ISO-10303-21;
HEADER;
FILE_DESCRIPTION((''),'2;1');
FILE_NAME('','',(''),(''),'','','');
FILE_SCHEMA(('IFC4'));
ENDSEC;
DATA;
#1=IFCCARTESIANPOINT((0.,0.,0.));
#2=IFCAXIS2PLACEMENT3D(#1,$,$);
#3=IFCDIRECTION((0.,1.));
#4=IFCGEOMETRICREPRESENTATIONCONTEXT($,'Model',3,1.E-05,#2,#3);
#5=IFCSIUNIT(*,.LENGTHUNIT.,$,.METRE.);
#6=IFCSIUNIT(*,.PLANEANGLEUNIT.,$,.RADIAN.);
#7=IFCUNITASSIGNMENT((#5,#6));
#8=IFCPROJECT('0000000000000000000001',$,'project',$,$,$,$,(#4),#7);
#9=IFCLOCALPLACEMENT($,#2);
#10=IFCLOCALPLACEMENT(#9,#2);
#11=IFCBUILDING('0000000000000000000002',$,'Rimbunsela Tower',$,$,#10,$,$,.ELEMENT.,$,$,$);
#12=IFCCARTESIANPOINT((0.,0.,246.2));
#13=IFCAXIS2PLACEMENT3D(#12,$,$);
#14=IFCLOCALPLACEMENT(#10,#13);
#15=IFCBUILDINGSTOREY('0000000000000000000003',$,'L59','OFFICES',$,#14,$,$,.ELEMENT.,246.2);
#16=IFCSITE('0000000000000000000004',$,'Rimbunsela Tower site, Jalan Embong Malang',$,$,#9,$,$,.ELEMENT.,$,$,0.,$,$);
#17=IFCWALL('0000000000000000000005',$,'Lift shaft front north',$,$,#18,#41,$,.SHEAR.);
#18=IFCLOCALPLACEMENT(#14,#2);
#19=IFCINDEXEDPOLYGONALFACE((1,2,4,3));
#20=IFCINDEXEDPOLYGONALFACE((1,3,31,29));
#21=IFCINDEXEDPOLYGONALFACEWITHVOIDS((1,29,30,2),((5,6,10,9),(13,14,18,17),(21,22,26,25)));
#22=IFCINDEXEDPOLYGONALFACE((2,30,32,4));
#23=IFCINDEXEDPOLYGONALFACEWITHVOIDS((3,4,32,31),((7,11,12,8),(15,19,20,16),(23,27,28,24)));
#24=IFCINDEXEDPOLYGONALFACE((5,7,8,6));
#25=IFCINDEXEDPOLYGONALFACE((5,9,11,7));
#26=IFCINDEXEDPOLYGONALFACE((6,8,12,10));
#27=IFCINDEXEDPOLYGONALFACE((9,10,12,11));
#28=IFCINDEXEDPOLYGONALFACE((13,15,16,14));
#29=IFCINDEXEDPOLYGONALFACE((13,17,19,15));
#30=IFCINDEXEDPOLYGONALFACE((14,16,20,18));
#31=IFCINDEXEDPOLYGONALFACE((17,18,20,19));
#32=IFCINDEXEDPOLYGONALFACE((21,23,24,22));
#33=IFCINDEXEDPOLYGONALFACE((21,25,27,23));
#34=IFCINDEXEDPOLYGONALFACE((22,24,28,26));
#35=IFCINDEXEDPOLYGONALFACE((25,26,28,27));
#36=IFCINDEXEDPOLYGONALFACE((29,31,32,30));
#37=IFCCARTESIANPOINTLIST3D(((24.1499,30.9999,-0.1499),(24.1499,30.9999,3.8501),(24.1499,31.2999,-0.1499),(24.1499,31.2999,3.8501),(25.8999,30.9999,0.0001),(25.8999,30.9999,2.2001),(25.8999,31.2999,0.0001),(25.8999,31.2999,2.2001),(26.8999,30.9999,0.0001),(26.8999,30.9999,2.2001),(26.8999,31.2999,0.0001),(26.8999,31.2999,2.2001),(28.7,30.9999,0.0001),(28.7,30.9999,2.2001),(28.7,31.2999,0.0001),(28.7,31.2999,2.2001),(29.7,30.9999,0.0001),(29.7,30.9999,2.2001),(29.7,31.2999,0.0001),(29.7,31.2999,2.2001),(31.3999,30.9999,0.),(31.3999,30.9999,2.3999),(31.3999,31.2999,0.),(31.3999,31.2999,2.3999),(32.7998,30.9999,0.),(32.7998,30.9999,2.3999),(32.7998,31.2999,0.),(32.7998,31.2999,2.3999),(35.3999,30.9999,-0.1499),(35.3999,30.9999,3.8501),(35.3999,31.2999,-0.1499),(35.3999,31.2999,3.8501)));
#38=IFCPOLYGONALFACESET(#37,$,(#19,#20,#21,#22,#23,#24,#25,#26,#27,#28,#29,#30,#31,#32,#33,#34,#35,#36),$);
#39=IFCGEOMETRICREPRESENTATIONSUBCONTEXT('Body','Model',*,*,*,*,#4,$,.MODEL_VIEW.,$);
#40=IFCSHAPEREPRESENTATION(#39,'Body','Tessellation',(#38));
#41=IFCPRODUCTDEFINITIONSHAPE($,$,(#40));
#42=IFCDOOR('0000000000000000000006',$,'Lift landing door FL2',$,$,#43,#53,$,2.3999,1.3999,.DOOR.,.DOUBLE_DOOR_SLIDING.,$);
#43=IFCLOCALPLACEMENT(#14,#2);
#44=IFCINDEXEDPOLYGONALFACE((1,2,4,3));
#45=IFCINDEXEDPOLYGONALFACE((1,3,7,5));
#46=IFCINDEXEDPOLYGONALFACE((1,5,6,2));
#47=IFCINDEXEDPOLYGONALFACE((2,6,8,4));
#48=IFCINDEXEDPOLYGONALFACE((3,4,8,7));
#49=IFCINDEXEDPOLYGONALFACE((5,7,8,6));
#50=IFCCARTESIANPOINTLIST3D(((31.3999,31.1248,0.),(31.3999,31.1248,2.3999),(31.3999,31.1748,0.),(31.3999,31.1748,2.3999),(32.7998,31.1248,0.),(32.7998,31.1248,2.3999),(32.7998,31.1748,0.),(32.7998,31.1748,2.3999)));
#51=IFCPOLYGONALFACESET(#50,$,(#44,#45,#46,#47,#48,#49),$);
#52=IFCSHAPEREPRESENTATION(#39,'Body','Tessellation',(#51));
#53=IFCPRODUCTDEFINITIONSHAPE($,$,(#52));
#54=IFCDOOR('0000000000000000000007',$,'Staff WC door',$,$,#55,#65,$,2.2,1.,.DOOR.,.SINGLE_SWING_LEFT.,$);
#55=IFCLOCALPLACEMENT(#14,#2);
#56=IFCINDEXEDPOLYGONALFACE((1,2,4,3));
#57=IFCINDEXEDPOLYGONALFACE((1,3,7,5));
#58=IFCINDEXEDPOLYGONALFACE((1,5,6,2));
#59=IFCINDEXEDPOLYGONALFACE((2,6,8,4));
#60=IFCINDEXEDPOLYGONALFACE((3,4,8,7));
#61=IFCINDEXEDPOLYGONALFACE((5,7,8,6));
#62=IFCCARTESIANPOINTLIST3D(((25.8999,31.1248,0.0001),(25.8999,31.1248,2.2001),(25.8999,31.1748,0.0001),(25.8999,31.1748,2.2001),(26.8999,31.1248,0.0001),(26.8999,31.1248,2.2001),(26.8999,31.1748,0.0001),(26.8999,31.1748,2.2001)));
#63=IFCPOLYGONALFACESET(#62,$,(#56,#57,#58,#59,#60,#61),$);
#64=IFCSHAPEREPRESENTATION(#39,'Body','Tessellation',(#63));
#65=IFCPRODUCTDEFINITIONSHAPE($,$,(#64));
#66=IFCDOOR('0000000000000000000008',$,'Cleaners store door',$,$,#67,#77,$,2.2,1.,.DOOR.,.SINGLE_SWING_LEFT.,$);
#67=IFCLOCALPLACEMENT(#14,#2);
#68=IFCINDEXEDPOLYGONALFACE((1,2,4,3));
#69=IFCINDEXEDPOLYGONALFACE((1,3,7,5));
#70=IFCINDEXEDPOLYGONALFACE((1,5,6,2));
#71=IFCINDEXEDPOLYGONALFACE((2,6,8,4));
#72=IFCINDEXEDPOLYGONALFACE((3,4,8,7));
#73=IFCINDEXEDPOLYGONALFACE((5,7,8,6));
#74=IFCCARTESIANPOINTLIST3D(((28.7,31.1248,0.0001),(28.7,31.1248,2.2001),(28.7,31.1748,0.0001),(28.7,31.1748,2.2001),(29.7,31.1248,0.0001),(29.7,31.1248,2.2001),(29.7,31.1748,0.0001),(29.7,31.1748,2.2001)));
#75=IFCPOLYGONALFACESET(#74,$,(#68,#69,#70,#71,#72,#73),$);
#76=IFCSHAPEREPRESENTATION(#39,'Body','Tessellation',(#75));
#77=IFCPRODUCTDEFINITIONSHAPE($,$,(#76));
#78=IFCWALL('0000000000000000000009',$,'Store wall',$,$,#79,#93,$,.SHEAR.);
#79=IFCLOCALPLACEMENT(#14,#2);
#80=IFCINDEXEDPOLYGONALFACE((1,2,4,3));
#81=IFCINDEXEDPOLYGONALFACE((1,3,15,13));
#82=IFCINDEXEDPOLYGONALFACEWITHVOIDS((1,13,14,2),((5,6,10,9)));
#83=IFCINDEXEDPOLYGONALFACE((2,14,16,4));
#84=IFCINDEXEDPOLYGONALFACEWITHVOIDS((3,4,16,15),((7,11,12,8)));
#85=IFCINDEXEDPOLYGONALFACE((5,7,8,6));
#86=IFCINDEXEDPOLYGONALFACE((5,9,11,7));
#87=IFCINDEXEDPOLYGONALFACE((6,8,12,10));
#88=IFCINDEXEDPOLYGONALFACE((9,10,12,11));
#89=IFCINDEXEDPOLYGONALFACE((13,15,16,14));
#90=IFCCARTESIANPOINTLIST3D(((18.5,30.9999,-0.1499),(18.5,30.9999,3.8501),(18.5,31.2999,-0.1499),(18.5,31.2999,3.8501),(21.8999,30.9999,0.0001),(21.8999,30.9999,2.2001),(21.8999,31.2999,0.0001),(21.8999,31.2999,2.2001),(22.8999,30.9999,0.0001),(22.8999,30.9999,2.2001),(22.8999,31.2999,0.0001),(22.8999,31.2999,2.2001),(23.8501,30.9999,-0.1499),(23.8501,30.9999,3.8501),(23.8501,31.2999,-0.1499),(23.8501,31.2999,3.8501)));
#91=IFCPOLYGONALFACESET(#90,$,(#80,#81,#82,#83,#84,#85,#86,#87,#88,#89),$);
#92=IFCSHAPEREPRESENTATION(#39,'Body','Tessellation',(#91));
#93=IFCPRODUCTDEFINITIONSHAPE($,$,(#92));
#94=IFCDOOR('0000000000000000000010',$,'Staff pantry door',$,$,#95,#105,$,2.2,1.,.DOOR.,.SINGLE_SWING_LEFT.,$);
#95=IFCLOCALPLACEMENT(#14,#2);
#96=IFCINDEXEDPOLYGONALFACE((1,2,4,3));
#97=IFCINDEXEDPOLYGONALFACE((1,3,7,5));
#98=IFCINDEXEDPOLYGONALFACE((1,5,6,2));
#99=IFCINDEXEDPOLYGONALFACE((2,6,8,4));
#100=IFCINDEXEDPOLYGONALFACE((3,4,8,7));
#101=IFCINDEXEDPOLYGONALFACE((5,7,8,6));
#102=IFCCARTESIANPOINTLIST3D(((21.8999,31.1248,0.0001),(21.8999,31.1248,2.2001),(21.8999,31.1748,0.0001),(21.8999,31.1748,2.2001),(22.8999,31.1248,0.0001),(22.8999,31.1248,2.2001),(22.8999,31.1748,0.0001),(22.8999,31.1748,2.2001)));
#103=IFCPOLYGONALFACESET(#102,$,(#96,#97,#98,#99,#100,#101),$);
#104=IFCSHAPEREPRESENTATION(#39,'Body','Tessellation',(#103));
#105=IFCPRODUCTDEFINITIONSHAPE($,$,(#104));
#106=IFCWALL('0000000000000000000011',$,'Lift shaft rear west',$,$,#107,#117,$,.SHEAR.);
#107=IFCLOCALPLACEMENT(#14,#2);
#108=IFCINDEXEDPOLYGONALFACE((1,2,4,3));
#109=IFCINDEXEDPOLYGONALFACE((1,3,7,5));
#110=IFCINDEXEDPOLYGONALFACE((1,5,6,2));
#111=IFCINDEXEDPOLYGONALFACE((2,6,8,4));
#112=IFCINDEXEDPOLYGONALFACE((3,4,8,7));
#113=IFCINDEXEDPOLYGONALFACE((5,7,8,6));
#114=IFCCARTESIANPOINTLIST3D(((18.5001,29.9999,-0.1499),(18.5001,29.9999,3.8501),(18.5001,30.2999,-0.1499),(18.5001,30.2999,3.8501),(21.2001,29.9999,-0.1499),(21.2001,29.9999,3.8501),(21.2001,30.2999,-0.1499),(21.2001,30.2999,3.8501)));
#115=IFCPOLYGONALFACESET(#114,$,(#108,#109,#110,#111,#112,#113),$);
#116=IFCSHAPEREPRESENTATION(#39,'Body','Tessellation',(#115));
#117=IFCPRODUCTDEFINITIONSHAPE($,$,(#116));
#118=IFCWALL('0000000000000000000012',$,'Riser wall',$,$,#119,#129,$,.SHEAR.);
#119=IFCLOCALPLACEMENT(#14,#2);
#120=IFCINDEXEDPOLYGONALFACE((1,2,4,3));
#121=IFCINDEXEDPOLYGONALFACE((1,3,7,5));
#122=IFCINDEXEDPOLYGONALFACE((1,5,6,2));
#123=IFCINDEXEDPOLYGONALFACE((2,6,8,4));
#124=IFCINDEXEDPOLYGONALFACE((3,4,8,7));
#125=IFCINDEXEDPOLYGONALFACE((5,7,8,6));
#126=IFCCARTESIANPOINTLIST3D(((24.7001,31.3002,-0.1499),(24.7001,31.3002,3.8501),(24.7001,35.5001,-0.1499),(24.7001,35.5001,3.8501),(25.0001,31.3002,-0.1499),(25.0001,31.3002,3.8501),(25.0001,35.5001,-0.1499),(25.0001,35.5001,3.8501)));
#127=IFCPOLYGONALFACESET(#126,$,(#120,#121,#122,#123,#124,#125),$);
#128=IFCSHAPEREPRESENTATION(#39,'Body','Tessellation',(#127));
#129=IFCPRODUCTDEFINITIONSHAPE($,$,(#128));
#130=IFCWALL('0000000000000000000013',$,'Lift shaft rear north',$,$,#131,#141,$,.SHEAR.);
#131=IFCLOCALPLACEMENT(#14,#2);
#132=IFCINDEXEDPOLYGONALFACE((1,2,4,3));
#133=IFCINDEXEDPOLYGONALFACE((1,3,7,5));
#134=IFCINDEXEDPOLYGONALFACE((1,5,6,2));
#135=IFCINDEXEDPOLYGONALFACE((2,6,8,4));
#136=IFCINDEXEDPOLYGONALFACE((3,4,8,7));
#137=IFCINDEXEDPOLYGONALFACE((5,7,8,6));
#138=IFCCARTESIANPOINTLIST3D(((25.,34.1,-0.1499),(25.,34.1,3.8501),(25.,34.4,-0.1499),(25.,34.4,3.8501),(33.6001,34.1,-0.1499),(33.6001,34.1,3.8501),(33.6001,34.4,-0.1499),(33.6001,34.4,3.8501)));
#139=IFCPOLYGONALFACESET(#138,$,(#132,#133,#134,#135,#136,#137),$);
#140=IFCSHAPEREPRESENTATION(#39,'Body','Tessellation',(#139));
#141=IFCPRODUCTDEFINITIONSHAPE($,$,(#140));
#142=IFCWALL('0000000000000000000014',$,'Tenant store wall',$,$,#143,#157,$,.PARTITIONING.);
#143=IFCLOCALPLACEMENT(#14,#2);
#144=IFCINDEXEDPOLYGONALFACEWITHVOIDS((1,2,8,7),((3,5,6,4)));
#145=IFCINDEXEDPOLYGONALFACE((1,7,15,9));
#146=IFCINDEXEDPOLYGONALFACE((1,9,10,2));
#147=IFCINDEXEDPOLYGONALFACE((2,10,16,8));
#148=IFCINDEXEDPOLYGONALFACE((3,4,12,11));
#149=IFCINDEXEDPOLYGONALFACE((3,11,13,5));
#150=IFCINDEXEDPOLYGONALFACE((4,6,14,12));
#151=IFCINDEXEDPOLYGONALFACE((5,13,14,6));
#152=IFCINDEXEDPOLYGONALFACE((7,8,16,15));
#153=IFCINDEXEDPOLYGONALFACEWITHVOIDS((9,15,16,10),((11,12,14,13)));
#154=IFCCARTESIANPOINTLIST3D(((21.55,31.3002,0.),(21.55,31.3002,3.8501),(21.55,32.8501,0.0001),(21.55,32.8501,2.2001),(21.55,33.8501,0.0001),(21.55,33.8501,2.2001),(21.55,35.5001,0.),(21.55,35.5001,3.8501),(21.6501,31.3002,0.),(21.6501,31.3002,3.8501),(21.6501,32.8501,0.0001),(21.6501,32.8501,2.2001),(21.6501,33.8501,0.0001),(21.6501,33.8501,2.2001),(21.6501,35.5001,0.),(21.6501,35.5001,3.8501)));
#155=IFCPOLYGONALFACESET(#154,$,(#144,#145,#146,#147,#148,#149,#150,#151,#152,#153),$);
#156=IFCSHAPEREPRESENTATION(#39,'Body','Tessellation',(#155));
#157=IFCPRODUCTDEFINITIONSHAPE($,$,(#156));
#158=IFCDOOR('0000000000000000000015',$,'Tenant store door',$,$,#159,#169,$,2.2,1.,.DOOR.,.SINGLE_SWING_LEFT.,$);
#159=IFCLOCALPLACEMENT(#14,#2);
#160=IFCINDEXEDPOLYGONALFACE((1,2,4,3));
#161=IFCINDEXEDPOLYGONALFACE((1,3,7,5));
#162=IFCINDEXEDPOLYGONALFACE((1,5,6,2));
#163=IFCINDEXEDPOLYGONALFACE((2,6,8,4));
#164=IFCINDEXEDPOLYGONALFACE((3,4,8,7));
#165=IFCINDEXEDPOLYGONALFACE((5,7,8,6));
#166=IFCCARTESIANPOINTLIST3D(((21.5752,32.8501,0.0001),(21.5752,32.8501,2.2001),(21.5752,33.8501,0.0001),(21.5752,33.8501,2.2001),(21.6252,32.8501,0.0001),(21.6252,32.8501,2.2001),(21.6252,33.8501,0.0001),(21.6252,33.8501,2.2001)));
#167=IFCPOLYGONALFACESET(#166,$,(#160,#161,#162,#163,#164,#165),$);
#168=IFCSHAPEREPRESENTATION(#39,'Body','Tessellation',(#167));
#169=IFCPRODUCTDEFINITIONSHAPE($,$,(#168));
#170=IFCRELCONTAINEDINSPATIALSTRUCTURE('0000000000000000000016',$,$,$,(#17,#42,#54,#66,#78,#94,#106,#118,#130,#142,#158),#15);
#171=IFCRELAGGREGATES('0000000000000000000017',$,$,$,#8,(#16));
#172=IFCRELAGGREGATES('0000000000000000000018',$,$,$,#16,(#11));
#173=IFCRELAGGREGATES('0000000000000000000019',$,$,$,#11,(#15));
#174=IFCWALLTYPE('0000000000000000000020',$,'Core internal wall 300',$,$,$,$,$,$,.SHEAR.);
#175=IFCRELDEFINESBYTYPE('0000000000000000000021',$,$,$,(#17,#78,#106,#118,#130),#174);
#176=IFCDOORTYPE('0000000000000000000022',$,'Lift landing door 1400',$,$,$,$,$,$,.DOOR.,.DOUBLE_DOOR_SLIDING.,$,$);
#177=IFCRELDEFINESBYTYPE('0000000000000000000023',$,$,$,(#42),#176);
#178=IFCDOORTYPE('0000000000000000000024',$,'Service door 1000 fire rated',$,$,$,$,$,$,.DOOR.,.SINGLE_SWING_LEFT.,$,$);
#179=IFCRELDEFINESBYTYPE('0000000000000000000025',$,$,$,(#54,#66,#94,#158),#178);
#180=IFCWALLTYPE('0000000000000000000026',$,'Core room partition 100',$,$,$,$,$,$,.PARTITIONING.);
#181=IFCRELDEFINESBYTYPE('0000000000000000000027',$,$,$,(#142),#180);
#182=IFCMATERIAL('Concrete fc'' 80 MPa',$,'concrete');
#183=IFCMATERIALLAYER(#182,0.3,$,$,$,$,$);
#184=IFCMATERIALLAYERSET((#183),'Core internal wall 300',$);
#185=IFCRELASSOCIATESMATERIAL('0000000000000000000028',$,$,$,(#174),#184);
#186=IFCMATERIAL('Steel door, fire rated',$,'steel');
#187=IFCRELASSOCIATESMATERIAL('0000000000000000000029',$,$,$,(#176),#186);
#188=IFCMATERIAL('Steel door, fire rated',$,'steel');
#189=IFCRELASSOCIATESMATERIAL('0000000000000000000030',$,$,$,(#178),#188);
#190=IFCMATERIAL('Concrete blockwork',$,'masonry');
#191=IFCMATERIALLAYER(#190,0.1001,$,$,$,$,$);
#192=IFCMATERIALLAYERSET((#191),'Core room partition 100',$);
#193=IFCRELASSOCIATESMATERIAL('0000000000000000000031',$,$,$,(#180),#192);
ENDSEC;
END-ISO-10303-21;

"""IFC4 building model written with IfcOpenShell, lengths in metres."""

from ifc_helpers import new_model, si_unit, direction, frame, frame_2d, origin, place, context, subcontext, project, spatial, rectangle, extrude, material, layer, layer_set, type_object, element, fill, save


model = new_model("IFC4")

# Units and contexts
model_context = context("Model", 3, precision=1e-05, world=origin(), true_north=direction((0.0, 1.0)))
body_context = subcontext(model_context, "Body", "Model", "MODEL_VIEW")
ifc_project = project(units=[si_unit("LENGTHUNIT", "METRE"), si_unit("PLANEANGLEUNIT", "RADIAN")], contexts=[model_context])

# Site, building, storey
site_placement = place(None, origin())
site = spatial("IfcSite", under=ifc_project, at=site_placement, Name="Rimbunsela Tower site, Jalan Embong Malang", CompositionType="ELEMENT", RefElevation=0.0)
building_placement = place(site_placement, origin())
building = spatial("IfcBuilding", under=site, at=building_placement, Name="Rimbunsela Tower", CompositionType="ELEMENT")
storey_placement = place(building_placement, frame((0.0, 0.0, 246.2)))
storey = spatial("IfcBuildingStorey", under=building, at=storey_placement, Name="L59", Description="OFFICES", CompositionType="ELEMENT", Elevation=246.2)

# Wall, openings, doors
ifc_material_1 = material(Name="Concrete fc' 80 MPa", Category="concrete")
ifc_layer_1 = layer(ifc_material_1, 0.3)
ifc_layer_set_1 = layer_set([ifc_layer_1], Name="Core internal wall 300")
wall_type_1 = type_object("IfcWallType", Name="Core internal wall 300", PredefinedType="SHEAR", material=ifc_layer_set_1)
wall_1_placement = place(storey_placement, frame((24.1499, 31.1499, -0.1499), z_axis=(0.0, 0.0, 1.0), x_axis=(1.0, 0.0, 0.0)))
wall_1 = element("IfcWall", 1, at=wall_1_placement, inside=storey, type_object=wall_type_1, Name="Lift shaft front north", PredefinedType="SHEAR", context=body_context, shape_type="SweptSolid", body=[
    extrude(rectangle(XDim=11.25, YDim=0.3, at=frame_2d((5.625, 0.0))), origin(), (0.0, 0.0, 1.0), 4.0),
])
opening_1_placement = place(wall_1_placement, frame((1.75, 0.0, 0.1499)))
opening_1 = element("IfcOpeningElement", 2, at=opening_1_placement, cuts=wall_1, PredefinedType="OPENING", context=body_context, shape_type="SweptSolid", body=[
    extrude(rectangle(XDim=1.0, YDim=2.2, at=frame_2d((0.5, 1.1001))), frame((0.0, 0.1599, 0.0), z_axis=(0.0, -1.0, 0.0), x_axis=(1.0, 0.0, 0.0)), (0.0, 0.0, 1.0), 0.3201),
])
opening_2_placement = place(wall_1_placement, frame((4.55, 0.0, 0.1499)))
opening_2 = element("IfcOpeningElement", 3, at=opening_2_placement, cuts=wall_1, PredefinedType="OPENING", context=body_context, shape_type="SweptSolid", body=[
    extrude(rectangle(XDim=1.0, YDim=2.2, at=frame_2d((0.5, 1.1001))), frame((0.0, 0.1599, 0.0), z_axis=(0.0, -1.0, 0.0), x_axis=(1.0, 0.0, 0.0)), (0.0, 0.0, 1.0), 0.3201),
])
opening_3_placement = place(wall_1_placement, frame((7.25, 0.0, 0.1499)))
opening_3 = element("IfcOpeningElement", 4, at=opening_3_placement, cuts=wall_1, PredefinedType="OPENING", context=body_context, shape_type="SweptSolid", body=[
    extrude(rectangle(XDim=1.3999, YDim=2.3999, at=frame_2d((0.7, 1.2))), frame((0.0, 0.1599, 0.0), z_axis=(0.0, -1.0, 0.0), x_axis=(1.0, 0.0, 0.0)), (0.0, 0.0, 1.0), 0.3201),
])
ifc_material_2 = material(Name="Steel door, fire rated", Category="steel")
door_type_1 = type_object("IfcDoorType", Name="Lift landing door 1400", OperationType="DOUBLE_DOOR_SLIDING", PredefinedType="DOOR", material=ifc_material_2)
door_1_placement = place(opening_3_placement, origin())
door_1 = element("IfcDoor", 5, at=door_1_placement, inside=storey, type_object=door_type_1, Name="Lift landing door FL2", OperationType="DOUBLE_DOOR_SLIDING", OverallHeight=2.3999, OverallWidth=1.3999, PredefinedType="DOOR", context=body_context, shape_type="SweptSolid", body=[
    extrude(rectangle(XDim=1.3999, YDim=2.3999, at=frame_2d((0.7, 1.2))), frame((0.0, 0.0249, 0.0), z_axis=(0.0, -1.0, 0.0), x_axis=(1.0, 0.0, 0.0)), (0.0, 0.0, 1.0), 0.05),
])
fill(opening_3, door_1)
ifc_material_3 = material(Name="Steel door, fire rated", Category="steel")
door_type_2 = type_object("IfcDoorType", Name="Service door 1000 fire rated", OperationType="SINGLE_SWING_LEFT", PredefinedType="DOOR", material=ifc_material_3)
door_2_placement = place(opening_1_placement, origin())
door_2 = element("IfcDoor", 6, at=door_2_placement, inside=storey, type_object=door_type_2, Name="Staff WC door", OperationType="SINGLE_SWING_LEFT", OverallHeight=2.2, OverallWidth=1.0, PredefinedType="DOOR", context=body_context, shape_type="SweptSolid", body=[
    extrude(rectangle(XDim=1.0, YDim=2.2, at=frame_2d((0.5, 1.1001))), frame((0.0, 0.0249, 0.0), z_axis=(0.0, -1.0, 0.0), x_axis=(1.0, 0.0, 0.0)), (0.0, 0.0, 1.0), 0.05),
])
fill(opening_1, door_2)
door_3_placement = place(opening_2_placement, origin())
door_3 = element("IfcDoor", 7, at=door_3_placement, inside=storey, type_object=door_type_2, Name="Cleaners store door", OperationType="SINGLE_SWING_LEFT", OverallHeight=2.2, OverallWidth=1.0, PredefinedType="DOOR", context=body_context, shape_type="SweptSolid", body=[
    extrude(rectangle(XDim=1.0, YDim=2.2, at=frame_2d((0.5, 1.1001))), frame((0.0, 0.0249, 0.0), z_axis=(0.0, -1.0, 0.0), x_axis=(1.0, 0.0, 0.0)), (0.0, 0.0, 1.0), 0.05),
])
fill(opening_2, door_3)

# Wall, opening, door
wall_2_placement = place(storey_placement, frame((18.5, 31.1499, -0.1499), z_axis=(0.0, 0.0, 1.0), x_axis=(1.0, 0.0, 0.0)))
wall_2 = element("IfcWall", 8, at=wall_2_placement, inside=storey, type_object=wall_type_1, Name="Store wall", PredefinedType="SHEAR", context=body_context, shape_type="SweptSolid", body=[
    extrude(rectangle(XDim=5.3501, YDim=0.3, at=frame_2d((2.675, 0.0))), origin(), (0.0, 0.0, 1.0), 4.0),
])
opening_4_placement = place(wall_2_placement, frame((3.3999, 0.0, 0.1499)))
opening_4 = element("IfcOpeningElement", 9, at=opening_4_placement, cuts=wall_2, PredefinedType="OPENING", context=body_context, shape_type="SweptSolid", body=[
    extrude(rectangle(XDim=1.0, YDim=2.2, at=frame_2d((0.5, 1.1001))), frame((0.0, 0.1599, 0.0), z_axis=(0.0, -1.0, 0.0), x_axis=(1.0, 0.0, 0.0)), (0.0, 0.0, 1.0), 0.3201),
])
door_4_placement = place(opening_4_placement, origin())
door_4 = element("IfcDoor", 10, at=door_4_placement, inside=storey, type_object=door_type_2, Name="Staff pantry door", OperationType="SINGLE_SWING_LEFT", OverallHeight=2.2, OverallWidth=1.0, PredefinedType="DOOR", context=body_context, shape_type="SweptSolid", body=[
    extrude(rectangle(XDim=1.0, YDim=2.2, at=frame_2d((0.5, 1.1001))), frame((0.0, 0.0249, 0.0), z_axis=(0.0, -1.0, 0.0), x_axis=(1.0, 0.0, 0.0)), (0.0, 0.0, 1.0), 0.05),
])
fill(opening_4, door_4)

# Walls
wall_3_placement = place(storey_placement, frame((18.5, 30.1499, -0.1499), z_axis=(0.0, 0.0, 1.0), x_axis=(1.0, 0.0, 0.0)))
element("IfcWall", 11, at=wall_3_placement, inside=storey, type_object=wall_type_1, Name="Lift shaft rear west", PredefinedType="SHEAR", context=body_context, shape_type="SweptSolid", body=[
    extrude(rectangle(XDim=2.7, YDim=0.3, at=frame_2d((1.3501, 0.0))), origin(), (0.0, 0.0, 1.0), 4.0),
])
wall_4_placement = place(storey_placement, frame((24.8501, 31.3, -0.1499), z_axis=(0.0, 0.0, 1.0), x_axis=(0.0, 1.0, 0.0)))
element("IfcWall", 12, at=wall_4_placement, inside=storey, type_object=wall_type_1, Name="Riser wall", PredefinedType="SHEAR", context=body_context, shape_type="SweptSolid", body=[
    extrude(rectangle(XDim=4.2, YDim=0.3, at=frame_2d((2.1001, 0.0))), origin(), (0.0, 0.0, 1.0), 4.0),
])
wall_5_placement = place(storey_placement, frame((25.0, 34.25, -0.1499), z_axis=(0.0, 0.0, 1.0), x_axis=(1.0, 0.0, 0.0)))
element("IfcWall", 13, at=wall_5_placement, inside=storey, type_object=wall_type_1, Name="Lift shaft rear north", PredefinedType="SHEAR", context=body_context, shape_type="SweptSolid", body=[
    extrude(rectangle(XDim=8.6001, YDim=0.3, at=frame_2d((4.3, 0.0))), origin(), (0.0, 0.0, 1.0), 4.0),
])

# Wall, opening, door
ifc_material_4 = material(Name="Concrete blockwork", Category="masonry")
ifc_layer_2 = layer(ifc_material_4, 0.1001)
ifc_layer_set_2 = layer_set([ifc_layer_2], Name="Core room partition 100")
wall_type_2 = type_object("IfcWallType", Name="Core room partition 100", PredefinedType="PARTITIONING", material=ifc_layer_set_2)
wall_6_placement = place(storey_placement, frame((21.6001, 31.3, 0.0), z_axis=(0.0, 0.0, 1.0), x_axis=(0.0, 1.0, 0.0)))
wall_6 = element("IfcWall", 14, at=wall_6_placement, inside=storey, type_object=wall_type_2, Name="Tenant store wall", PredefinedType="PARTITIONING", context=body_context, shape_type="SweptSolid", body=[
    extrude(rectangle(XDim=4.2, YDim=0.1001, at=frame_2d((2.1001, 0.0))), origin(), (0.0, 0.0, 1.0), 3.8501),
])
opening_5_placement = place(wall_6_placement, frame((1.55, 0.0, 0.0)))
opening_5 = element("IfcOpeningElement", 15, at=opening_5_placement, cuts=wall_6, PredefinedType="OPENING", context=body_context, shape_type="SweptSolid", body=[
    extrude(rectangle(XDim=1.0, YDim=2.2, at=frame_2d((0.5, 1.1001))), frame((0.0, 0.0601, 0.0), z_axis=(0.0, -1.0, 0.0), x_axis=(1.0, 0.0, 0.0)), (0.0, 0.0, 1.0), 0.1201),
])
door_5_placement = place(opening_5_placement, origin())
door_5 = element("IfcDoor", 16, at=door_5_placement, inside=storey, type_object=door_type_2, Name="Tenant store door", OperationType="SINGLE_SWING_LEFT", OverallHeight=2.2, OverallWidth=1.0, PredefinedType="DOOR", context=body_context, shape_type="SweptSolid", body=[
    extrude(rectangle(XDim=1.0, YDim=2.2, at=frame_2d((0.5, 1.1001))), frame((0.0, 0.0249, 0.0), z_axis=(0.0, -1.0, 0.0), x_axis=(1.0, 0.0, 0.0)), (0.0, 0.0, 1.0), 0.05),
])
fill(opening_5, door_5)

save(model, "model.ifc")
